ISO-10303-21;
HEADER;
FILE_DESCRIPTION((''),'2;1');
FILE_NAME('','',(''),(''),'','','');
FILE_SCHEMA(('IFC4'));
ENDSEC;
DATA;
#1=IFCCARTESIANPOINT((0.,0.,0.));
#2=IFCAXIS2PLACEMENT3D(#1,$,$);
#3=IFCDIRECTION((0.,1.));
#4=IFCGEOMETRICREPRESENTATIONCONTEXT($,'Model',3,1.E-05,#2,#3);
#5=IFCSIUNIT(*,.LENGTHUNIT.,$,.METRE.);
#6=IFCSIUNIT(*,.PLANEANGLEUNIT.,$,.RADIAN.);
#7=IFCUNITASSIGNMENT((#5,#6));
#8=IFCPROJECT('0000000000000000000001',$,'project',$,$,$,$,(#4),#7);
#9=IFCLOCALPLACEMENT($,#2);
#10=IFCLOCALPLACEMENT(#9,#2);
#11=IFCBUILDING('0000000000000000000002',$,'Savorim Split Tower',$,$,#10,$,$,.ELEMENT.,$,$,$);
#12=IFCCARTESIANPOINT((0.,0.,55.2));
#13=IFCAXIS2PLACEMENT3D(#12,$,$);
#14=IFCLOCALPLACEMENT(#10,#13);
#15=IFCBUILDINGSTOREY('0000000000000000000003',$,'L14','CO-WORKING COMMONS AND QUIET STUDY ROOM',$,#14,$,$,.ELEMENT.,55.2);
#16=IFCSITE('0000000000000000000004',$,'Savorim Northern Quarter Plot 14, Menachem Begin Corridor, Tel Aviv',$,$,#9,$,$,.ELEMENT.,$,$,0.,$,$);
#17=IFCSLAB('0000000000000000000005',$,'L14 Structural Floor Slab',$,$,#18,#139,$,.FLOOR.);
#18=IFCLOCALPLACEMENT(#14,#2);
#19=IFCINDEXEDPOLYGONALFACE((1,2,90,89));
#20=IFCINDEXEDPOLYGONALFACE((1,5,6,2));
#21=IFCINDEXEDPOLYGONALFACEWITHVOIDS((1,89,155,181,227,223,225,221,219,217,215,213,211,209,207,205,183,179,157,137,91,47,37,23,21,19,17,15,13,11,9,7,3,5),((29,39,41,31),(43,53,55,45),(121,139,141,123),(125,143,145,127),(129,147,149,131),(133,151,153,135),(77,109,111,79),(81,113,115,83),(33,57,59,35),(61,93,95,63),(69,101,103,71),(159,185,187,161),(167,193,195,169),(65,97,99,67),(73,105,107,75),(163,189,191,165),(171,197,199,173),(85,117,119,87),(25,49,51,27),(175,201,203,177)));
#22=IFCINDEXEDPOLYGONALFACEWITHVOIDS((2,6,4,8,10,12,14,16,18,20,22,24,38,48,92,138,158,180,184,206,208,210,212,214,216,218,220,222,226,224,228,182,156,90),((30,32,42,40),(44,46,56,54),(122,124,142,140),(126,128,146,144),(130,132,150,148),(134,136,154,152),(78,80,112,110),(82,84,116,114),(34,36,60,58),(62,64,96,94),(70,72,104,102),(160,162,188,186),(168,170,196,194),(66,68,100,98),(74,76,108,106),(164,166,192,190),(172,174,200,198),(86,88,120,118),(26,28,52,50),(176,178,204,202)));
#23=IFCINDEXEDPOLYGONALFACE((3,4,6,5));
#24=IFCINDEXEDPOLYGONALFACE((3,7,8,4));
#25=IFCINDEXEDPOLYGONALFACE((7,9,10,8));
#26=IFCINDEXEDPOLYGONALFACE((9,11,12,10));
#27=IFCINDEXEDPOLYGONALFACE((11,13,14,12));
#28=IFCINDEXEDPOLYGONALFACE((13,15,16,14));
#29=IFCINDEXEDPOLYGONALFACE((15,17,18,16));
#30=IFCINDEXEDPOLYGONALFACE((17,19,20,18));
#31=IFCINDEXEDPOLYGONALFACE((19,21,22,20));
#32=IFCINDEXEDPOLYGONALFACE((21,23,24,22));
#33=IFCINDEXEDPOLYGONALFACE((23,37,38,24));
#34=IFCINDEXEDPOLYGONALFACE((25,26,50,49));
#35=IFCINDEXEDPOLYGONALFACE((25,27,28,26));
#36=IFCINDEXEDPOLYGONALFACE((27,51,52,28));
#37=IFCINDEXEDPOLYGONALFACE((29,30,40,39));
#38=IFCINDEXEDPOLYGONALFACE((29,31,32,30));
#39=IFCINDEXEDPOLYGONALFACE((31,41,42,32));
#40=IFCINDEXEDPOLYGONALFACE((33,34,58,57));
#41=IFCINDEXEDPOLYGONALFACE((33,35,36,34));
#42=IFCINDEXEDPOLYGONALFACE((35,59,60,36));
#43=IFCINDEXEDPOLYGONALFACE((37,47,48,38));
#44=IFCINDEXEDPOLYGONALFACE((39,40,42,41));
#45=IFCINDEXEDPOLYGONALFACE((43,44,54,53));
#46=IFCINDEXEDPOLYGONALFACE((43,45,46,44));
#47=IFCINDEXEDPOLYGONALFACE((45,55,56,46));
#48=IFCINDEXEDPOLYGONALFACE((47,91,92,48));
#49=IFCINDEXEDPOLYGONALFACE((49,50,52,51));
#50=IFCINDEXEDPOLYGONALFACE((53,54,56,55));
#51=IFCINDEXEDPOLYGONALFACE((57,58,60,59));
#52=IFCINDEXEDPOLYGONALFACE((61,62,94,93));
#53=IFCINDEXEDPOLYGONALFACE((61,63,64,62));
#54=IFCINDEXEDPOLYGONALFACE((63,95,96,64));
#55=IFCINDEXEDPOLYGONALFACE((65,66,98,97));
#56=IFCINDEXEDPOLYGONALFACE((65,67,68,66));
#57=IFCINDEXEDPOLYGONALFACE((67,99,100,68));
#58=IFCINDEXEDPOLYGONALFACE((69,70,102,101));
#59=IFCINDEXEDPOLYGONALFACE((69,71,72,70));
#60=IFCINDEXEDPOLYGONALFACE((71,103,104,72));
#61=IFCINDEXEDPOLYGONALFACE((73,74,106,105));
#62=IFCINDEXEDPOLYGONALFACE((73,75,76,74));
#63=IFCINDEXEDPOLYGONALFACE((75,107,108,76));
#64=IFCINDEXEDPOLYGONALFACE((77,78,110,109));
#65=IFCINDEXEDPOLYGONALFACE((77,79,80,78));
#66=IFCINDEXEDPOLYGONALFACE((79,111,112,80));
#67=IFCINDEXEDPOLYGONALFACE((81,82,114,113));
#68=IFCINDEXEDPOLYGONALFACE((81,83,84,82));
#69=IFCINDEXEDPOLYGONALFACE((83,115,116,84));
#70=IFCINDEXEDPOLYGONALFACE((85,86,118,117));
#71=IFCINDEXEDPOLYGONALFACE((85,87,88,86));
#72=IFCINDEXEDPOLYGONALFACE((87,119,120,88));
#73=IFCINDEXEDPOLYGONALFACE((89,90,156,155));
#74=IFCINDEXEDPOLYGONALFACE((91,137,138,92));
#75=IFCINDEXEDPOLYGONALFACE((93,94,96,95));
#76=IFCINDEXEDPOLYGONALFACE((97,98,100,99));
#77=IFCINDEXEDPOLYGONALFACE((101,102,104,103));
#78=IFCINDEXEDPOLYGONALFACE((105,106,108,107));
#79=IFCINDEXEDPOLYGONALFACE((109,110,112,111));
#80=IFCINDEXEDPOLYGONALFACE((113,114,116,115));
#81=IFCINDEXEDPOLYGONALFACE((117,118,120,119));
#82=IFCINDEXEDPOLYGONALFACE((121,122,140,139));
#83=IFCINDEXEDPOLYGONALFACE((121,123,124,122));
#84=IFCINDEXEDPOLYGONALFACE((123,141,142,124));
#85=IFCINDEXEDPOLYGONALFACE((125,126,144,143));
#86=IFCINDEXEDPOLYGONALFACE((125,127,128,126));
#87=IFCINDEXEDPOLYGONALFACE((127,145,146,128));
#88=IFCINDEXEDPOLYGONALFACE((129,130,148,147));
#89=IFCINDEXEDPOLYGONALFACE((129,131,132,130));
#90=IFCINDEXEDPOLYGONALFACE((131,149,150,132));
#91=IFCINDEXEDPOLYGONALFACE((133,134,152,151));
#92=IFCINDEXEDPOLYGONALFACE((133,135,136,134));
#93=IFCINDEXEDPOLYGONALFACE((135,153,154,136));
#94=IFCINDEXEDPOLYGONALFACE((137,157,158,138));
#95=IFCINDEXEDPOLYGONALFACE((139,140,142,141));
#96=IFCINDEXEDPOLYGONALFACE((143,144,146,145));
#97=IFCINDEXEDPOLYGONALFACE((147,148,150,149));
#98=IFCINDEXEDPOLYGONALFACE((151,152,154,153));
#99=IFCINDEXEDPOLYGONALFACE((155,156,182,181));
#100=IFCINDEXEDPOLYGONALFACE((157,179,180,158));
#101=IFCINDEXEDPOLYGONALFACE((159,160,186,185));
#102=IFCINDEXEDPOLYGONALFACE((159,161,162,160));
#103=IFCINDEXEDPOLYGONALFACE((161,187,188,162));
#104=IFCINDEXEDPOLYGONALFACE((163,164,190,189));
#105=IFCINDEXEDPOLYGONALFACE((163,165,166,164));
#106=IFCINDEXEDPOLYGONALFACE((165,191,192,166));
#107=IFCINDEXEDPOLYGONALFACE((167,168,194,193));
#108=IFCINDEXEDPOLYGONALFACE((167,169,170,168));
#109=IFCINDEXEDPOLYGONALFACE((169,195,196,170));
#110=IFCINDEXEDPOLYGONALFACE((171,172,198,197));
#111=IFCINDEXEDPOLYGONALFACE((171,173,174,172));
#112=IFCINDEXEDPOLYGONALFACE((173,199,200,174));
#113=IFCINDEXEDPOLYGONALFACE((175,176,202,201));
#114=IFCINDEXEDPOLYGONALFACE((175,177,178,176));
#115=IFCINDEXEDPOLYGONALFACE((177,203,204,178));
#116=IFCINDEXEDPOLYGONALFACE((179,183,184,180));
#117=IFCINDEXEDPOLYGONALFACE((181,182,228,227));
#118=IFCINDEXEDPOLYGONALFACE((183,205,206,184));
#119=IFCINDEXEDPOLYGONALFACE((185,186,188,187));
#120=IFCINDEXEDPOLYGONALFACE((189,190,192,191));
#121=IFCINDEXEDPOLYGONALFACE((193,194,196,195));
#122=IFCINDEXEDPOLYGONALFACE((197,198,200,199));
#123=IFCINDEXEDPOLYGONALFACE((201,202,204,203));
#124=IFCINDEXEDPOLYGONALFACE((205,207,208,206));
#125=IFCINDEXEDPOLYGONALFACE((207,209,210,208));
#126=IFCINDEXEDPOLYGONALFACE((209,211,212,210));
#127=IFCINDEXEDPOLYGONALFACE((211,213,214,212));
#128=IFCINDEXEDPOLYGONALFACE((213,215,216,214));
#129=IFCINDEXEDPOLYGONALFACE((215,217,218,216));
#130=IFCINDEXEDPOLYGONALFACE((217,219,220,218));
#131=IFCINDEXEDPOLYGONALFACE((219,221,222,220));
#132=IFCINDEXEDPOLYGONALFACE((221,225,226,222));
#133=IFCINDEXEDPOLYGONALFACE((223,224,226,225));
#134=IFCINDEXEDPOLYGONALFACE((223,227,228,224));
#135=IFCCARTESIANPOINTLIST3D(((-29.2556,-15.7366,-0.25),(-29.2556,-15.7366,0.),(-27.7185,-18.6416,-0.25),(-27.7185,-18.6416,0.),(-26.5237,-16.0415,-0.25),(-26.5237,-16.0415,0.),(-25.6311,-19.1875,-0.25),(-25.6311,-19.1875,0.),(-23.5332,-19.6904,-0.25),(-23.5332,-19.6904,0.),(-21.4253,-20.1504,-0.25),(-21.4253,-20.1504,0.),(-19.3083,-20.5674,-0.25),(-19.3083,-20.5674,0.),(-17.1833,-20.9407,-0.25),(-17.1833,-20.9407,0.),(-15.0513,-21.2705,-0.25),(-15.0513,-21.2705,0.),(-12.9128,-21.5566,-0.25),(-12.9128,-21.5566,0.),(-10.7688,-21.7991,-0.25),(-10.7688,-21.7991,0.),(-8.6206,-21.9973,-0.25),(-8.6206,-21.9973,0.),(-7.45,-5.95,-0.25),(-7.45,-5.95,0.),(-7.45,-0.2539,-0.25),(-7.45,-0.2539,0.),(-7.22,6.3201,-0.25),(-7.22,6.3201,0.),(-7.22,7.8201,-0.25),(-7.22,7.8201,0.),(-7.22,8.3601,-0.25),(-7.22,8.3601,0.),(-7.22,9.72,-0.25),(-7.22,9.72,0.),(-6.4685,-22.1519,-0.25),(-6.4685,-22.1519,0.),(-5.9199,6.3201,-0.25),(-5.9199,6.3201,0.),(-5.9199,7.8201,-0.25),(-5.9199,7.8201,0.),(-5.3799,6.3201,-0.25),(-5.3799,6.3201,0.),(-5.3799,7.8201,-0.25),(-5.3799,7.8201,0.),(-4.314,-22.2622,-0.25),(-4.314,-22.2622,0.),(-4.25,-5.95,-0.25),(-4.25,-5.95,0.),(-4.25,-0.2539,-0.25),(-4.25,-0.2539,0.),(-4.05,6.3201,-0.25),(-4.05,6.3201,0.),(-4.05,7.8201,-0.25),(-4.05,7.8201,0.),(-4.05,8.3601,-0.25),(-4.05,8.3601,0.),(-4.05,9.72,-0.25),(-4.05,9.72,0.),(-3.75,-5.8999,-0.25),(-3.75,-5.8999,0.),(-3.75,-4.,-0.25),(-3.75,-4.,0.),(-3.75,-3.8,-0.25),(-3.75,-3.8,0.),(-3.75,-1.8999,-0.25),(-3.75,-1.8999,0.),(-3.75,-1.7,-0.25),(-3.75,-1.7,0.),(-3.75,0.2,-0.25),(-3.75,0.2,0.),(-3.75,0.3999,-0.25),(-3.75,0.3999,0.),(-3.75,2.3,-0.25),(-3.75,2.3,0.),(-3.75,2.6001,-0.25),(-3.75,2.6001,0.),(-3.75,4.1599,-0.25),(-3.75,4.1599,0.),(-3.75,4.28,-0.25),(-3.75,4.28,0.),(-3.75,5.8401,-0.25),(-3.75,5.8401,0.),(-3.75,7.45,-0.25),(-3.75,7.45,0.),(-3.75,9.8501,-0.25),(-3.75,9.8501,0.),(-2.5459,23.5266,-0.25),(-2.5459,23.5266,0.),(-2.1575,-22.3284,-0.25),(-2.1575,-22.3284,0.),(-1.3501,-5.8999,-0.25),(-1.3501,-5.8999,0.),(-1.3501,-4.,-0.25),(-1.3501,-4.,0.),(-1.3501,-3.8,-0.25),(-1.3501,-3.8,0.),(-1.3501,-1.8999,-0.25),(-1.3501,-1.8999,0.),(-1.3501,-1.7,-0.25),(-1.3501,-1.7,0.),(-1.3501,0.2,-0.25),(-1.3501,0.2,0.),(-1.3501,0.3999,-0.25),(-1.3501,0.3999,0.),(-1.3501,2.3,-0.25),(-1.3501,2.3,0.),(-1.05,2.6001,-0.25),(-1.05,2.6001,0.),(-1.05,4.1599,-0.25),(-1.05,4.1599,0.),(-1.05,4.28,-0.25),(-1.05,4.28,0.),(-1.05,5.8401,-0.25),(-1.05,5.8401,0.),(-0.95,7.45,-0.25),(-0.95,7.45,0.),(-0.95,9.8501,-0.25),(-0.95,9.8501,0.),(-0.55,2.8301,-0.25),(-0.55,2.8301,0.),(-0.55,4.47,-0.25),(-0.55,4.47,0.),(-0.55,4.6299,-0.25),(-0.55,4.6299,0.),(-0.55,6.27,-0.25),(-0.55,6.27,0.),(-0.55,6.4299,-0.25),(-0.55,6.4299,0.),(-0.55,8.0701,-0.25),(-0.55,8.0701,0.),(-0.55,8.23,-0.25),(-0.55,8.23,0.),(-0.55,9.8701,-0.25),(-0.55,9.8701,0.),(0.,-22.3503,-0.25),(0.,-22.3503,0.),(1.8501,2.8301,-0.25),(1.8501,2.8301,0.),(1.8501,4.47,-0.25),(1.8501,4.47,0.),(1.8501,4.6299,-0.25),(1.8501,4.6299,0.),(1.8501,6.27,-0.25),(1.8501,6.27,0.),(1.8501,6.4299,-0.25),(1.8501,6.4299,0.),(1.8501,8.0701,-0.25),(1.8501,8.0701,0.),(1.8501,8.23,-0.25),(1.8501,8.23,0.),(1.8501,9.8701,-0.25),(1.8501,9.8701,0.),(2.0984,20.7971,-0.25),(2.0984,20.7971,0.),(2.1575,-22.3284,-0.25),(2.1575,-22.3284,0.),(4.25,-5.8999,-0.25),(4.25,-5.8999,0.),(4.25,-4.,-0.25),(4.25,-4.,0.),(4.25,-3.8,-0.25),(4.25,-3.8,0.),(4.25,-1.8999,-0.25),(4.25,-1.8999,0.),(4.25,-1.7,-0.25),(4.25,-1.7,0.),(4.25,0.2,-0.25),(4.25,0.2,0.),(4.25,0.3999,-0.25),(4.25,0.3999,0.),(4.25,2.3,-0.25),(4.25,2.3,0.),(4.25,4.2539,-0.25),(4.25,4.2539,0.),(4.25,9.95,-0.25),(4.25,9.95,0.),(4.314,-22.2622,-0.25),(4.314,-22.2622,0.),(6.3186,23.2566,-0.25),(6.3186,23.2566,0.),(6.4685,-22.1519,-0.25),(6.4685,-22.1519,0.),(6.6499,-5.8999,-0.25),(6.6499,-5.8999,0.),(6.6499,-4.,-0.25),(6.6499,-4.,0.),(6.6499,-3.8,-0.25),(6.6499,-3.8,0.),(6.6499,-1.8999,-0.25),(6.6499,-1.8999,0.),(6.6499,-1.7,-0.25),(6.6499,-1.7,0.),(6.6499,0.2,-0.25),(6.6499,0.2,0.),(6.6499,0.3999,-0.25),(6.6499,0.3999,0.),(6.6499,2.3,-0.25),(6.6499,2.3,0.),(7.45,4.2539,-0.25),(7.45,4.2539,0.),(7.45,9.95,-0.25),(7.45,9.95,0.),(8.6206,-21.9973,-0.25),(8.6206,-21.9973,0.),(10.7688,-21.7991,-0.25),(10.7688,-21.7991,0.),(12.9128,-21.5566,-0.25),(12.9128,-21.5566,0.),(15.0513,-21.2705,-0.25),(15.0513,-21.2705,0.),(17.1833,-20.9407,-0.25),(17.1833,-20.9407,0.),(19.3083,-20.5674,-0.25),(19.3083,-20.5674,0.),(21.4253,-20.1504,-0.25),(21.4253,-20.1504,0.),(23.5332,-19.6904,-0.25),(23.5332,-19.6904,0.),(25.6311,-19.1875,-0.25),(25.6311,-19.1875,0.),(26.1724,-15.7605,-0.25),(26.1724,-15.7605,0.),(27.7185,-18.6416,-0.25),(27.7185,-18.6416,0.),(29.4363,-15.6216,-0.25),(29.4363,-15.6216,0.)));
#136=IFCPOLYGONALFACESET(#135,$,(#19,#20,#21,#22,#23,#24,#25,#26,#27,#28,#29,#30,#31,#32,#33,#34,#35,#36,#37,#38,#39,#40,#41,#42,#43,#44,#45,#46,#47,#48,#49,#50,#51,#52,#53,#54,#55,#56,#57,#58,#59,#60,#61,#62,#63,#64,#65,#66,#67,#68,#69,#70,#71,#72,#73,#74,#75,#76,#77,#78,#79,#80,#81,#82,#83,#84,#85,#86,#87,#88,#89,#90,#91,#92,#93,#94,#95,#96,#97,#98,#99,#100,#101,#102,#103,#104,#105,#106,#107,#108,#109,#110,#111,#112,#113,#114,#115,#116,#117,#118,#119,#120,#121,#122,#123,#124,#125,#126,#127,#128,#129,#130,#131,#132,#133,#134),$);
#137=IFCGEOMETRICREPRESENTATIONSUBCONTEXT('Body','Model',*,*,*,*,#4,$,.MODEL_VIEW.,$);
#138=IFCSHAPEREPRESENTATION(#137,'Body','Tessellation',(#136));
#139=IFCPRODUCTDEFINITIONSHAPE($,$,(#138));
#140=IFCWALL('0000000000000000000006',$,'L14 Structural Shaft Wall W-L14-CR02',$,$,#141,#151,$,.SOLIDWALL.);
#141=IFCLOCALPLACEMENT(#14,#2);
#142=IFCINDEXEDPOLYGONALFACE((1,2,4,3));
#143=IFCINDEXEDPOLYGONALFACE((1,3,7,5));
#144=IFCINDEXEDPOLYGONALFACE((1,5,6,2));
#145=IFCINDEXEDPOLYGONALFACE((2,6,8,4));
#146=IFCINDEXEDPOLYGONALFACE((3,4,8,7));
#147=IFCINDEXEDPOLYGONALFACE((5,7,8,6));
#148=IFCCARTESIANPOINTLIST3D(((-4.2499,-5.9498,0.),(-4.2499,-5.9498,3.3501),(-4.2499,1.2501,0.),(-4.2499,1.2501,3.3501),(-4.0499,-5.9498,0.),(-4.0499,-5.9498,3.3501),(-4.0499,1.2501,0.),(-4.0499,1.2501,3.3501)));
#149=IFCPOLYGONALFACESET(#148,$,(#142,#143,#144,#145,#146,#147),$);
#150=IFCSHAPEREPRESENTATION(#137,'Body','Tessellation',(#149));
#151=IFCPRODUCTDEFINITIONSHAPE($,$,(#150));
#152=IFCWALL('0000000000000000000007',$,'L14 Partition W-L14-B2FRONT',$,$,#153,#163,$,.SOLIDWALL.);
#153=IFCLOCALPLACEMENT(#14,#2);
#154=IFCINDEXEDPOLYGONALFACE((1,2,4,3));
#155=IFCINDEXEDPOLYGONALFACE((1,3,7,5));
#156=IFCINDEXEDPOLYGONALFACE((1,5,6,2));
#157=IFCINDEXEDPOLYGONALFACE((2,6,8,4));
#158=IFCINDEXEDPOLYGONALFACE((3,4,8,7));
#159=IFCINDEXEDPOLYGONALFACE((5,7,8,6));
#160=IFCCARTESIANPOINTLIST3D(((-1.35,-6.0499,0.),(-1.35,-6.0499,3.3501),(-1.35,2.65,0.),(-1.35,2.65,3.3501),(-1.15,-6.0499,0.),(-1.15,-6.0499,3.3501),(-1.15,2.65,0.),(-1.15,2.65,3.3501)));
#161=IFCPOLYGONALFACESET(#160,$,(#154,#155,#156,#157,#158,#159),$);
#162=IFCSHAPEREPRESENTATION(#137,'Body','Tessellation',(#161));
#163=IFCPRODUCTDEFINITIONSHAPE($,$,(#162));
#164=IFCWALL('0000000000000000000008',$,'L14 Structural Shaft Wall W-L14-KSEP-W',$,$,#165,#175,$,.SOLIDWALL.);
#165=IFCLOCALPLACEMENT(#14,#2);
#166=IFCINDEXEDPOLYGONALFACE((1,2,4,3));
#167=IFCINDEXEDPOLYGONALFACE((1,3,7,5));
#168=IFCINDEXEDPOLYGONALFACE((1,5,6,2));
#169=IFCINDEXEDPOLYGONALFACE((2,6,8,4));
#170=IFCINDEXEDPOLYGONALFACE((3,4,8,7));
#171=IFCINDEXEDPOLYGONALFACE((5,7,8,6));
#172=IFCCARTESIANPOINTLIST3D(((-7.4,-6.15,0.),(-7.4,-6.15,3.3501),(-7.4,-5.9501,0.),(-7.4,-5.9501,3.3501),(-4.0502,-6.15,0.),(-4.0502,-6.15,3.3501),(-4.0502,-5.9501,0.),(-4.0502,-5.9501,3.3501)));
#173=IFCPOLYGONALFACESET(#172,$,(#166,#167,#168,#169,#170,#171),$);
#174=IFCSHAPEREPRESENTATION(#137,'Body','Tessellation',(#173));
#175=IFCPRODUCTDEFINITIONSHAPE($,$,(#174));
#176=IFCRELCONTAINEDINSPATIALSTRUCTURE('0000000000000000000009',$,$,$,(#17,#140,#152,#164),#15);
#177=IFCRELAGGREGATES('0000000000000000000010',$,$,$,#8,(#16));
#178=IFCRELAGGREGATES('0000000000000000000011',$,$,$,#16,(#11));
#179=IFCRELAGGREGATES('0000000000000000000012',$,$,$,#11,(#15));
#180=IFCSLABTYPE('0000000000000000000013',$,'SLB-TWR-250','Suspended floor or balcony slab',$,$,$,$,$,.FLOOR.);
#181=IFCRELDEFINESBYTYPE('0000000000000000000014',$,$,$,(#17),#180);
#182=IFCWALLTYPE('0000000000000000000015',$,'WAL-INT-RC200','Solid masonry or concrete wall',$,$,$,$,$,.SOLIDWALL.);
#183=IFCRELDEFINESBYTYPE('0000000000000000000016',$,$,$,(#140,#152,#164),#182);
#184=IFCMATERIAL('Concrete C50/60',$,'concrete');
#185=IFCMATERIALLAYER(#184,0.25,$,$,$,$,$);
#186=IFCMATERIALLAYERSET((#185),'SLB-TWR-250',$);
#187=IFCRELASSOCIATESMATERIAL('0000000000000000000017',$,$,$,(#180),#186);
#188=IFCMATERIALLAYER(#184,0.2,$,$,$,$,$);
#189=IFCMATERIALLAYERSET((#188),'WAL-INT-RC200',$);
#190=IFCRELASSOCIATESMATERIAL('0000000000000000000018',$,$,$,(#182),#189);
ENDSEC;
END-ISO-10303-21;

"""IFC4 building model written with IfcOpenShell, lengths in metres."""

from ifc_helpers import new_model, si_unit, direction, frame, frame_2d, origin, place, context, subcontext, project, spatial, polyline, rectangle, outline, extrude, material, layer, layer_set, type_object, element, save


model = new_model("IFC4")

# Units and contexts
model_context = context("Model", 3, precision=1e-05, world=origin(), true_north=direction((0.0, 1.0)))
body_context = subcontext(model_context, "Body", "Model", "MODEL_VIEW")
ifc_project = project(units=[si_unit("LENGTHUNIT", "METRE"), si_unit("PLANEANGLEUNIT", "RADIAN")], contexts=[model_context])

# Site, building, storey
site_placement = place(None, origin())
site = spatial("IfcSite", under=ifc_project, at=site_placement, Name="Savorim Northern Quarter Plot 14, Menachem Begin Corridor, Tel Aviv", CompositionType="ELEMENT", RefElevation=0.0)
building_placement = place(site_placement, origin())
building = spatial("IfcBuilding", under=site, at=building_placement, Name="Savorim Split Tower", CompositionType="ELEMENT")
storey_placement = place(building_placement, frame((0.0, 0.0, 55.2)))
storey = spatial("IfcBuildingStorey", under=building, at=storey_placement, Name="L14", Description="CO-WORKING COMMONS AND QUIET STUDY ROOM", CompositionType="ELEMENT", Elevation=55.2)

# Shared definitions
ifc_material_1 = material(Name="Concrete C50/60", Category="concrete")

# Slab
ifc_layer_1 = layer(ifc_material_1, 0.25)
ifc_layer_set_1 = layer_set([ifc_layer_1], Name="SLB-TWR-250")
slab_type_1 = type_object("IfcSlabType", Name="SLB-TWR-250", Description="Suspended floor or balcony slab", PredefinedType="FLOOR", material=ifc_layer_set_1)
slab_1_placement = place(storey_placement, frame((0.0, 0.0, -0.25)))
element("IfcSlab", 1, at=slab_1_placement, inside=storey, type_object=slab_type_1, Name="L14 Structural Floor Slab", PredefinedType="FLOOR", context=body_context, shape_type="SweptSolid", body=[
    extrude(outline(polyline([(-27.7185, -18.6416), (-25.6311, -19.1875), (-23.5332, -19.6904), (-21.4253, -20.1504), (-19.3083, -20.5674), (-17.1833, -20.9407), (-15.0513, -21.2705), (-12.9128, -21.5566), (-10.7688, -21.7991), (-8.6206, -21.9973), (-6.4685, -22.1519), (-4.314, -22.2622), (-2.1575, -22.3284), (0.0, -22.3503), (2.1575, -22.3284), (4.314, -22.2622), (6.4685, -22.1519), (8.6206, -21.9973), (10.7688, -21.7991), (12.9128, -21.5566), (15.0513, -21.2705), (17.1833, -20.9407), (19.3083, -20.5674), (21.4253, -20.1504), (23.5332, -19.6904), (25.6311, -19.1875), (27.7185, -18.6416), (26.1724, -15.7605), (29.4363, -15.6216), (6.3186, 23.2566), (2.0984, 20.7971), (-2.5459, 23.5266), (-29.2556, -15.7366), (-26.5237, -16.0415), (-27.7185, -18.6416)]), holes=[polyline([(-7.45, -0.2539), (-7.45, -5.95), (-4.25, -5.95), (-4.25, -0.2539), (-7.45, -0.2539)]), polyline([(7.45, 4.2539), (7.45, 9.95), (4.25, 9.95), (4.25, 4.2539), (7.45, 4.2539)]), polyline([(4.25, -5.8999), (6.6499, -5.8999), (6.6499, -4.0), (4.25, -4.0), (4.25, -5.8999)]), polyline([(4.25, -3.8), (6.6499, -3.8), (6.6499, -1.8999), (4.25, -1.8999), (4.25, -3.8)]), polyline([(4.25, -1.7), (6.6499, -1.7), (6.6499, 0.2), (4.25, 0.2), (4.25, -1.7)]), polyline([(4.25, 0.3999), (6.6499, 0.3999), (6.6499, 2.3), (4.25, 2.3), (4.25, 0.3999)]), polyline([(-3.75, -5.8999), (-1.3501, -5.8999), (-1.3501, -4.0), (-3.75, -4.0), (-3.75, -5.8999)]), polyline([(-3.75, -3.8), (-1.3501, -3.8), (-1.3501, -1.8999), (-3.75, -1.8999), (-3.75, -3.8)]), polyline([(-3.75, -1.7), (-1.3501, -1.7), (-1.3501, 0.2), (-3.75, 0.2), (-3.75, -1.7)]), polyline([(-3.75, 0.3999), (-1.3501, 0.3999), (-1.3501, 2.3), (-3.75, 2.3), (-3.75, 0.3999)]), polyline([(-0.55, 2.8301), (1.8501, 2.8301), (1.8501, 4.47), (-0.55, 4.47), (-0.55, 2.8301)]), polyline([(-0.55, 4.6299), (1.8501, 4.6299), (1.8501, 6.27), (-0.55, 6.27), (-0.55, 4.6299)]), polyline([(-0.55, 6.4299), (1.8501, 6.4299), (1.8501, 8.0701), (-0.55, 8.0701), (-0.55, 6.4299)]), polyline([(-0.55, 8.23), (1.8501, 8.23), (1.8501, 9.8701), (-0.55, 9.8701), (-0.55, 8.23)]), polyline([(-3.75, 2.6001), (-1.05, 2.6001), (-1.05, 4.1599), (-3.75, 4.1599), (-3.75, 2.6001)]), polyline([(-3.75, 4.28), (-1.05, 4.28), (-1.05, 5.8401), (-3.75, 5.8401), (-3.75, 4.28)]), polyline([(-3.75, 7.45), (-0.95, 7.45), (-0.95, 9.8501), (-3.75, 9.8501), (-3.75, 7.45)]), polyline([(-7.22, 6.3201), (-5.9199, 6.3201), (-5.9199, 7.8201), (-7.22, 7.8201), (-7.22, 6.3201)]), polyline([(-5.3799, 6.3201), (-4.05, 6.3201), (-4.05, 7.8201), (-5.3799, 7.8201), (-5.3799, 6.3201)]), polyline([(-7.22, 8.3601), (-4.05, 8.3601), (-4.05, 9.72), (-7.22, 9.72), (-7.22, 8.3601)])]), origin(), (0.0, 0.0, 1.0), 0.25),
])

# Shared definitions
ifc_layer_2 = layer(ifc_material_1, 0.2)
ifc_layer_set_2 = layer_set([ifc_layer_2], Name="WAL-INT-RC200")
wall_type_1 = type_object("IfcWallType", Name="WAL-INT-RC200", Description="Solid masonry or concrete wall", PredefinedType="SOLIDWALL", material=ifc_layer_set_2)

# Walls
wall_1_placement = place(storey_placement, frame((-4.1499, -5.95, 0.0), z_axis=(0.0, 0.0, 1.0), x_axis=(0.0, 1.0, 0.0)))
element("IfcWall", 2, at=wall_1_placement, inside=storey, type_object=wall_type_1, Name="L14 Structural Shaft Wall W-L14-CR02", PredefinedType="SOLIDWALL", context=body_context, shape_type="SweptSolid", body=[
    extrude(rectangle(XDim=7.2, YDim=0.2, at=frame_2d((3.6001, 0.0))), origin(), (0.0, 0.0, 1.0), 3.3501),
])
wall_2_placement = place(storey_placement, frame((-1.25, -6.05, 0.0), z_axis=(0.0, 0.0, 1.0), x_axis=(0.0, 1.0, 0.0)))
element("IfcWall", 3, at=wall_2_placement, inside=storey, type_object=wall_type_1, Name="L14 Partition W-L14-B2FRONT", PredefinedType="SOLIDWALL", context=body_context, shape_type="SweptSolid", body=[
    extrude(rectangle(XDim=8.7, YDim=0.2, at=frame_2d((4.3501, 0.0))), origin(), (0.0, 0.0, 1.0), 3.3501),
])
wall_3_placement = place(storey_placement, frame((-7.3999, -6.05, 0.0), z_axis=(0.0, 0.0, 1.0), x_axis=(1.0, 0.0, 0.0)))
element("IfcWall", 4, at=wall_3_placement, inside=storey, type_object=wall_type_1, Name="L14 Structural Shaft Wall W-L14-KSEP-W", PredefinedType="SOLIDWALL", context=body_context, shape_type="SweptSolid", body=[
    extrude(rectangle(XDim=3.3499, YDim=0.2, at=frame_2d((1.6748, 0.0))), origin(), (0.0, 0.0, 1.0), 3.3501),
])

save(model, "model.ifc")
